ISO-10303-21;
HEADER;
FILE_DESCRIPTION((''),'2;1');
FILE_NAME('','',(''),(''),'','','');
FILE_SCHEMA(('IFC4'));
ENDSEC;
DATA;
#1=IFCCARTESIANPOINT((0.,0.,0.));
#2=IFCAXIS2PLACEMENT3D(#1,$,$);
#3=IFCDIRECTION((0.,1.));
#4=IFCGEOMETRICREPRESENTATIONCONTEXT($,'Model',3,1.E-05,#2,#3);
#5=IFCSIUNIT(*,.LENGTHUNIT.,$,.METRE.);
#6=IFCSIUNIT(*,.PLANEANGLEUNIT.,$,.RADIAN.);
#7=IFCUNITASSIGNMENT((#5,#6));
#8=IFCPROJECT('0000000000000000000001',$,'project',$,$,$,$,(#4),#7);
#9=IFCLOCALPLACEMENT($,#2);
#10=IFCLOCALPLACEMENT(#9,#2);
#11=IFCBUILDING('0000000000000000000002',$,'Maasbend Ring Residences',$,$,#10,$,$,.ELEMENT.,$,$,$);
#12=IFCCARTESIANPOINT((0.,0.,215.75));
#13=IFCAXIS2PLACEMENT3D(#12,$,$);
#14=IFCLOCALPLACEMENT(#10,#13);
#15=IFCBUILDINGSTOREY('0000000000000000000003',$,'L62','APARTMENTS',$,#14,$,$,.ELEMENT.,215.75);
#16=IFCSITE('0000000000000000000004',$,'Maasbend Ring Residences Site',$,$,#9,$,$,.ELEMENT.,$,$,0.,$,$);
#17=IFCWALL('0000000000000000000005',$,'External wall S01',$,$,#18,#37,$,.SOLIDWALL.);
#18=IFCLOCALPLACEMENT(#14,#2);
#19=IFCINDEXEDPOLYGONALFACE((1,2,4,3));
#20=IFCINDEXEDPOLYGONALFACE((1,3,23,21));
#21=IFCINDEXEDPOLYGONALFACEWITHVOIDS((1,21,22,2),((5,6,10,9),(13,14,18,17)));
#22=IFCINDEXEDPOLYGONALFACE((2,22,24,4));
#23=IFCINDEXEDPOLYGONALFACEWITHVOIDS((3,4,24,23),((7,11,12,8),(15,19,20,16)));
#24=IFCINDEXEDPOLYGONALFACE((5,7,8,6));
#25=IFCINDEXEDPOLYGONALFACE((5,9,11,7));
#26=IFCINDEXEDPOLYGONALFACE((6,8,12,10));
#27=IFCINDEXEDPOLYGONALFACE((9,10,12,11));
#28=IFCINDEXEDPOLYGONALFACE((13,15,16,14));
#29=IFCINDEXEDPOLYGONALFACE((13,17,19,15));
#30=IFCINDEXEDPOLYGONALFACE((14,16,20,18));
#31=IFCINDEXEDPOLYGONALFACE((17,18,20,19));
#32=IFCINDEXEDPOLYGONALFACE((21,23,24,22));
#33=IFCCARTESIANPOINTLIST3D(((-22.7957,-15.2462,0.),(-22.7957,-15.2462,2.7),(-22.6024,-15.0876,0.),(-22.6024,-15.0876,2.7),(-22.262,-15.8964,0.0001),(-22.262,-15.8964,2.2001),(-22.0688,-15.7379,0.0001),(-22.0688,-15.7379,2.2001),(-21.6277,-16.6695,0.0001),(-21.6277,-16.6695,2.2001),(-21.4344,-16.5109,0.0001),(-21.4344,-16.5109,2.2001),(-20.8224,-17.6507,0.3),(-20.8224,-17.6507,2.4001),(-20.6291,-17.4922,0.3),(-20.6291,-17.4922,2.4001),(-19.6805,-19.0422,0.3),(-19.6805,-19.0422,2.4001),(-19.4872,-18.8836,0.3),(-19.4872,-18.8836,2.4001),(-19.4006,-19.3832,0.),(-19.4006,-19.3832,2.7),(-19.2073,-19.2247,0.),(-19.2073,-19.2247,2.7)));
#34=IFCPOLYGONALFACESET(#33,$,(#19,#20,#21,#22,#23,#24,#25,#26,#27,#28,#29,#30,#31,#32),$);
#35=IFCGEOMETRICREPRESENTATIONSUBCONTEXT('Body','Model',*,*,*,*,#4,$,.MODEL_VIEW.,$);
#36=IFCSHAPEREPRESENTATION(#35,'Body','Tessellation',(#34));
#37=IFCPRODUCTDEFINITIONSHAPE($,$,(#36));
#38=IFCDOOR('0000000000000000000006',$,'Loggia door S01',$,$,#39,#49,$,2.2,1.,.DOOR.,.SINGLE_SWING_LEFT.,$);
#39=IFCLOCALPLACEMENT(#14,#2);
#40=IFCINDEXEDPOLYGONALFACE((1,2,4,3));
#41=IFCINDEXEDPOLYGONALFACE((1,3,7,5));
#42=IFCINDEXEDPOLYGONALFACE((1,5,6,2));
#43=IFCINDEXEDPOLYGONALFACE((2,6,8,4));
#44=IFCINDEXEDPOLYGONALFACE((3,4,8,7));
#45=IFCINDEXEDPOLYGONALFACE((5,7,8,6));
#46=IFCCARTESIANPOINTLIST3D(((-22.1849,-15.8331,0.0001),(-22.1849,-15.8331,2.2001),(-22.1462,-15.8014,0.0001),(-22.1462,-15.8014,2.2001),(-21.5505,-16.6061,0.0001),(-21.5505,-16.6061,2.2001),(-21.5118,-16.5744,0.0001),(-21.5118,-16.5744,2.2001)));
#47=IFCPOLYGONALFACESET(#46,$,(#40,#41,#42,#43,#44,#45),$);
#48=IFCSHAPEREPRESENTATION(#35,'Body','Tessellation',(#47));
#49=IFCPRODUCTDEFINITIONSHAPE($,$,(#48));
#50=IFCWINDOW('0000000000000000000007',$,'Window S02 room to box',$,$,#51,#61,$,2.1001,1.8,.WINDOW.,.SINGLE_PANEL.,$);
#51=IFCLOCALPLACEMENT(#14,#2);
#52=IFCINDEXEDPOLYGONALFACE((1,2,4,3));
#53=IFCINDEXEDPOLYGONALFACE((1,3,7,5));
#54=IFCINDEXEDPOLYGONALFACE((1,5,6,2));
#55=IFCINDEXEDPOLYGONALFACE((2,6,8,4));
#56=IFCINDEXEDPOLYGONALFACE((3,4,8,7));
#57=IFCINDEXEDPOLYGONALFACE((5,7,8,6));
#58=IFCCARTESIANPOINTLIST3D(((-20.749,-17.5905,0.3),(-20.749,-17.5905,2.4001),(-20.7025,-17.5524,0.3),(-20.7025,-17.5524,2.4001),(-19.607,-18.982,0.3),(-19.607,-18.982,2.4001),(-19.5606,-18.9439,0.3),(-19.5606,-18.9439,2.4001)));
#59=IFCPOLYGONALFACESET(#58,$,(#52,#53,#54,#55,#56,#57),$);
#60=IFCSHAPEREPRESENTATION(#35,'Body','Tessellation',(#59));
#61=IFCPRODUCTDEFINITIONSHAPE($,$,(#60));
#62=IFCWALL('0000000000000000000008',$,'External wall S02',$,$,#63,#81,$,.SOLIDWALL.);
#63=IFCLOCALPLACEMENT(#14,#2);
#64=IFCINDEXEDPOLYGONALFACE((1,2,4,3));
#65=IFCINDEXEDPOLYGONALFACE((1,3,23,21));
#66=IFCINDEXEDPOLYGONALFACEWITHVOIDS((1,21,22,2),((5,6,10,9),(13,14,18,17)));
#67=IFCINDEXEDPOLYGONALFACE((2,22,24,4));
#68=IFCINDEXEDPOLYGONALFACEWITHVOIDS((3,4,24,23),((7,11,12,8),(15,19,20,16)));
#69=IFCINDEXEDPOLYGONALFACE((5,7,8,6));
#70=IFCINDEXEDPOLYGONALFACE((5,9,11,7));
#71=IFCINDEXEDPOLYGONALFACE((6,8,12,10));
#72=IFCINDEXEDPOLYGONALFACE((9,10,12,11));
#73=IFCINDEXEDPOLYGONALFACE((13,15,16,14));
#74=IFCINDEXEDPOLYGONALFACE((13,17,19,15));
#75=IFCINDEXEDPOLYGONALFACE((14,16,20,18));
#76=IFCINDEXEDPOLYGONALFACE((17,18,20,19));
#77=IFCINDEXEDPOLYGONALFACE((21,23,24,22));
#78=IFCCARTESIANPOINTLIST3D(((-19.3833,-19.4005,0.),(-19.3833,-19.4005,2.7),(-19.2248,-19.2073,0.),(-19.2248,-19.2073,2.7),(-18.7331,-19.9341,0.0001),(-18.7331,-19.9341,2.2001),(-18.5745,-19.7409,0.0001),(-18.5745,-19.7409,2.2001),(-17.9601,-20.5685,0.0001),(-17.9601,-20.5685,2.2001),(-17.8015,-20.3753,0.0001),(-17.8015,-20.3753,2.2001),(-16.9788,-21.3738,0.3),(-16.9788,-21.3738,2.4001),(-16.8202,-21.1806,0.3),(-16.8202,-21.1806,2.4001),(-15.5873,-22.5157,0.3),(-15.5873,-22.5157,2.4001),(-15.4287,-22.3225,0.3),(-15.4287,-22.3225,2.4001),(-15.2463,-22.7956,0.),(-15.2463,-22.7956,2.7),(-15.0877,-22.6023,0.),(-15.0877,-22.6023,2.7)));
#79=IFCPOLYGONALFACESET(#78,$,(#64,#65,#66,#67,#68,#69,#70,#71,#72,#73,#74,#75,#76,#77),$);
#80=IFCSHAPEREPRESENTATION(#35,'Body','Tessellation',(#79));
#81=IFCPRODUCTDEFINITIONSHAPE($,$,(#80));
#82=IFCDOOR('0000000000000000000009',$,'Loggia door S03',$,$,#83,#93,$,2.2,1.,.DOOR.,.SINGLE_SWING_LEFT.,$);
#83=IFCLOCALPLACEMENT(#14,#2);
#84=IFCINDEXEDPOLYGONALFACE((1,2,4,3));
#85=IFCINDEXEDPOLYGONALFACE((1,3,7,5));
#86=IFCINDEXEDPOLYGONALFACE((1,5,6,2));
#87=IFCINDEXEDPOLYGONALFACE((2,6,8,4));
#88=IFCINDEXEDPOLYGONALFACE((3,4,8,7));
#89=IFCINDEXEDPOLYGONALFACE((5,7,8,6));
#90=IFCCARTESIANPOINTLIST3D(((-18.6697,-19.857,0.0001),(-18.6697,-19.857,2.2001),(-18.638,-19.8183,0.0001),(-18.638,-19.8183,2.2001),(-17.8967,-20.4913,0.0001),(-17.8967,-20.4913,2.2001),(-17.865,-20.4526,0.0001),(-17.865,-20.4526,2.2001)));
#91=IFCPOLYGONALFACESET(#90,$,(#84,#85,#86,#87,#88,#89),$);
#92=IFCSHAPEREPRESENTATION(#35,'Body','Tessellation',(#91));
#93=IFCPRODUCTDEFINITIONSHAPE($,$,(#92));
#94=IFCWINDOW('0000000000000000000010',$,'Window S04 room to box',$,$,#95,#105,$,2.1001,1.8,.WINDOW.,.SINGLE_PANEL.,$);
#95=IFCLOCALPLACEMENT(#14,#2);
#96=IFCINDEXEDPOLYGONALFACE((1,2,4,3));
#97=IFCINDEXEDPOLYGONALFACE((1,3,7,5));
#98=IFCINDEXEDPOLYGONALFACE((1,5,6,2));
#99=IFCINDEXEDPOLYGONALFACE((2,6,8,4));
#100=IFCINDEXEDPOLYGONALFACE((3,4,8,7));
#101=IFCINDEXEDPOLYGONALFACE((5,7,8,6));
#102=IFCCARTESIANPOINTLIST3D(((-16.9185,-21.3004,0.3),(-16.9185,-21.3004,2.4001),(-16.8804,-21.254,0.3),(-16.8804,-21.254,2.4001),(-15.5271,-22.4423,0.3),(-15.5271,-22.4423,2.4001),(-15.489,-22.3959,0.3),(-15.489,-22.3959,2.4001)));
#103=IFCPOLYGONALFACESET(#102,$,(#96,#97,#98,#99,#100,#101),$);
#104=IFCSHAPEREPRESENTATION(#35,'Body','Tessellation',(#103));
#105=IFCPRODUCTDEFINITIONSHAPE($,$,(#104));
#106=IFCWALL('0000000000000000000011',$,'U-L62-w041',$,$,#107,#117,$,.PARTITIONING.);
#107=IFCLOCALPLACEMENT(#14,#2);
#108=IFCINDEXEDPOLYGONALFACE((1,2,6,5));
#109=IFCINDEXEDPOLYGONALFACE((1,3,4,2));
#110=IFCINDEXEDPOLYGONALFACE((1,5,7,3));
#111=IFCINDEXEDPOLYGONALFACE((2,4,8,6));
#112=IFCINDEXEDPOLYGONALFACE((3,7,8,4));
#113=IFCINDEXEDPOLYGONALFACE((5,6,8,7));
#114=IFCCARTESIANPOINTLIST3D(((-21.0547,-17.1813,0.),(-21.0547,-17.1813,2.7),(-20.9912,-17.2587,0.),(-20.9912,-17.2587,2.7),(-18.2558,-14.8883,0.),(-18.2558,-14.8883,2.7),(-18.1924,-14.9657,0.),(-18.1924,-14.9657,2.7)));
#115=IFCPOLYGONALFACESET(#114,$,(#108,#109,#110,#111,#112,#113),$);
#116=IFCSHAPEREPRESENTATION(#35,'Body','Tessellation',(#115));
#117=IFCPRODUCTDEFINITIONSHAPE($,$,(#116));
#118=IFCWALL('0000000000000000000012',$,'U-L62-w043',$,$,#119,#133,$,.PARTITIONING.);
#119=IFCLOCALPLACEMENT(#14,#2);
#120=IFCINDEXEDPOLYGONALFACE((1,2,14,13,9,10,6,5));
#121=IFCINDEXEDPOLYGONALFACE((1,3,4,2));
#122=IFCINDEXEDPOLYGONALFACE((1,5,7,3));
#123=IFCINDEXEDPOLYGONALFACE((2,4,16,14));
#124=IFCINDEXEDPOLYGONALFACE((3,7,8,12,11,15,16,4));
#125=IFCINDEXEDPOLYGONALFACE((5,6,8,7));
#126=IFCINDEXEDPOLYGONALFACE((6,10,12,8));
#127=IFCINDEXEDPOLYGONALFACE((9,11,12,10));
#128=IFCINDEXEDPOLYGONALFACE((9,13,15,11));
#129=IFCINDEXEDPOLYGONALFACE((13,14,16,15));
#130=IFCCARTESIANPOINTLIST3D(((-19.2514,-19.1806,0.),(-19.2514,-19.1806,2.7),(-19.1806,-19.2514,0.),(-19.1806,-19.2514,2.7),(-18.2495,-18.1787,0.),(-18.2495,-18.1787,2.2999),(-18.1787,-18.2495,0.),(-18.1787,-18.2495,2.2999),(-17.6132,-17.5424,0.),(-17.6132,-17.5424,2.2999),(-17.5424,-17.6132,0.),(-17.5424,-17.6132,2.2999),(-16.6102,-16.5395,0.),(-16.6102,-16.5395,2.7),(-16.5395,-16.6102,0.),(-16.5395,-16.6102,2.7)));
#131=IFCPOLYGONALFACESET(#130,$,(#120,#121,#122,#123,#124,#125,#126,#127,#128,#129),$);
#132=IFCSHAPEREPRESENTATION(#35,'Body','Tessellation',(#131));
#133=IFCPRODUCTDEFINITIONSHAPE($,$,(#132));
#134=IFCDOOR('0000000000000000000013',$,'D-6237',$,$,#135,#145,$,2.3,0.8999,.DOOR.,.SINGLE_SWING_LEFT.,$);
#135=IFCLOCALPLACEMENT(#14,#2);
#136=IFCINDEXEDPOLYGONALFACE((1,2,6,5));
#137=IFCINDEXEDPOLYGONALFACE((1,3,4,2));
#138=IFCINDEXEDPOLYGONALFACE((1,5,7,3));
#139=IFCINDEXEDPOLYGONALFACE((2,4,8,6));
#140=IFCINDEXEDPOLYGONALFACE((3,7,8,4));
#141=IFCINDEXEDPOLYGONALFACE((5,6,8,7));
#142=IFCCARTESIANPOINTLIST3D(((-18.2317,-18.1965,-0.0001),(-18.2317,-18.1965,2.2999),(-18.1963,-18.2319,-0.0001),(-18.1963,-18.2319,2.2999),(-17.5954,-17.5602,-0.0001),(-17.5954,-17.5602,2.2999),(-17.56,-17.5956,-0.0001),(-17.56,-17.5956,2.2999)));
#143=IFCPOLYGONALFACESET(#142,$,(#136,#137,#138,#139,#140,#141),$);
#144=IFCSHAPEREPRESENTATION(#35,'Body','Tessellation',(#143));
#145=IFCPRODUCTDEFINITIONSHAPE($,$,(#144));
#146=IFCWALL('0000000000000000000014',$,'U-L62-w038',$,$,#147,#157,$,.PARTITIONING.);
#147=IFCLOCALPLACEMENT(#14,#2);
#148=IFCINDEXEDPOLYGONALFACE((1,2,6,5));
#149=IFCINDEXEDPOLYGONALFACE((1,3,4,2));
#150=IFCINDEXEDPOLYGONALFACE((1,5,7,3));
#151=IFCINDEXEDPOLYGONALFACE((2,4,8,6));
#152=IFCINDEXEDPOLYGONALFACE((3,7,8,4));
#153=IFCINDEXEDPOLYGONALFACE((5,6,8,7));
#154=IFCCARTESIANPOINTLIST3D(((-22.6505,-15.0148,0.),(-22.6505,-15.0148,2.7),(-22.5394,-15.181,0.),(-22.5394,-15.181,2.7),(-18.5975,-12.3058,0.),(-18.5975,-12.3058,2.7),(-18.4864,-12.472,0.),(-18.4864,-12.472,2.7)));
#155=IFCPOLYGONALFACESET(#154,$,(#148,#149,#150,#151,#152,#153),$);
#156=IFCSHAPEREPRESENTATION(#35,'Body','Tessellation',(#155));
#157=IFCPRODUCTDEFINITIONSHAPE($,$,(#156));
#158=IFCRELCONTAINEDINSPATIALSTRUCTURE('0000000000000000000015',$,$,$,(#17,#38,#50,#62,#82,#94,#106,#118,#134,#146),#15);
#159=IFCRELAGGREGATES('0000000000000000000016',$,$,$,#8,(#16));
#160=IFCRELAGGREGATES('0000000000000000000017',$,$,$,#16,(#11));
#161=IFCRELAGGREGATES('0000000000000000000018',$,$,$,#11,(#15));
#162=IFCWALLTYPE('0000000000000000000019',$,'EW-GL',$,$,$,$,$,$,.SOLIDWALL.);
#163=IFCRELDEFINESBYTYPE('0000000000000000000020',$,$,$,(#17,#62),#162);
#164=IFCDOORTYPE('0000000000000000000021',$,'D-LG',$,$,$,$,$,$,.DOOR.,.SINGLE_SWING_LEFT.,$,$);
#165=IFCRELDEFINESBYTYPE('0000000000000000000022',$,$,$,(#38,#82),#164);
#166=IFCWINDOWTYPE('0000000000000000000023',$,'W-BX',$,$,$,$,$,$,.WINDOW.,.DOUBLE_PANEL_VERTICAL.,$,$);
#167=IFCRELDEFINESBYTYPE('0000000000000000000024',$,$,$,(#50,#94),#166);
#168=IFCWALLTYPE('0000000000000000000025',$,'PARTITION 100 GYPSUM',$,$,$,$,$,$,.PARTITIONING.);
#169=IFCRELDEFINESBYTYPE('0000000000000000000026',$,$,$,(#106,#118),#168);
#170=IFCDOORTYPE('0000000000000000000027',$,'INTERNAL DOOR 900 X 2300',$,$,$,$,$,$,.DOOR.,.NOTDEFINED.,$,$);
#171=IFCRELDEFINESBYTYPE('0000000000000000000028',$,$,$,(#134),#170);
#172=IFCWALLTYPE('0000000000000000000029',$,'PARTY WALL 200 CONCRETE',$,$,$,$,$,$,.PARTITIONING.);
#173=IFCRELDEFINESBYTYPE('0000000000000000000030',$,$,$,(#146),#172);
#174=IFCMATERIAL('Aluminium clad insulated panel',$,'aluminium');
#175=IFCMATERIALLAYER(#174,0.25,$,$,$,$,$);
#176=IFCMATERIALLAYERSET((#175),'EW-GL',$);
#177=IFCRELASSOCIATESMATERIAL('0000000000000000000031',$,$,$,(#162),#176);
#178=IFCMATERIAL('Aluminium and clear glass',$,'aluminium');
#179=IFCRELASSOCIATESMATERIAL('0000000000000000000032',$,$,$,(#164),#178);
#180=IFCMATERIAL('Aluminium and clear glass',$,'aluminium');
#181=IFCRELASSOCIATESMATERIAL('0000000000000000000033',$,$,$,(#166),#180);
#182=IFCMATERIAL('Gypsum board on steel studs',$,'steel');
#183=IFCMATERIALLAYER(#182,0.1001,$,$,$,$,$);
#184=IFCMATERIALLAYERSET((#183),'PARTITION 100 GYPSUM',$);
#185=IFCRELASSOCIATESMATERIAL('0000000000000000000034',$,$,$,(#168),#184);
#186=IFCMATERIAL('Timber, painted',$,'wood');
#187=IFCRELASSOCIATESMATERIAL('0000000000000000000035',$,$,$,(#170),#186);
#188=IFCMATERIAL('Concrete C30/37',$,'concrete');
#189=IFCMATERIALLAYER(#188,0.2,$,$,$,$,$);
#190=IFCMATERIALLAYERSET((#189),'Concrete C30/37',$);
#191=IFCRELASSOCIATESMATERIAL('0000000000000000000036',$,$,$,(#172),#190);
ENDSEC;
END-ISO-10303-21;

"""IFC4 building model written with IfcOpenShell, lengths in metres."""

from ifc_helpers import new_model, si_unit, direction, frame, frame_2d, origin, place, context, subcontext, project, spatial, rectangle, extrude, material, layer, layer_set, type_object, element, fill, save


model = new_model("IFC4")

# Units and contexts
model_context = context("Model", 3, precision=1e-05, world=origin(), true_north=direction((0.0, 1.0)))
body_context = subcontext(model_context, "Body", "Model", "MODEL_VIEW")
ifc_project = project(units=[si_unit("LENGTHUNIT", "METRE"), si_unit("PLANEANGLEUNIT", "RADIAN")], contexts=[model_context])

# Site, building, storey
site_placement = place(None, origin())
site = spatial("IfcSite", under=ifc_project, at=site_placement, Name="Maasbend Ring Residences Site", CompositionType="ELEMENT", RefElevation=0.0)
building_placement = place(site_placement, origin())
building = spatial("IfcBuilding", under=site, at=building_placement, Name="Maasbend Ring Residences", CompositionType="ELEMENT")
storey_placement = place(building_placement, frame((0.0, 0.0, 215.75)))
storey = spatial("IfcBuildingStorey", under=building, at=storey_placement, Name="L62", Description="APARTMENTS", CompositionType="ELEMENT", Elevation=215.75)

# Walls, openings, doors, windows
ifc_material_1 = material(Name="Aluminium clad insulated panel", Category="aluminium")
ifc_layer_1 = layer(ifc_material_1, 0.25)
ifc_layer_set_1 = layer_set([ifc_layer_1], Name="EW-GL")
wall_type_1 = type_object("IfcWallType", Name="EW-GL", PredefinedType="SOLIDWALL", material=ifc_layer_set_1)
wall_1_placement = place(storey_placement, frame((-22.699, -15.167, 0.0), z_axis=(0.0, 0.0, 1.0), x_axis=(0.634382, -0.773019, 0.0)))
wall_1 = element("IfcWall", 1, at=wall_1_placement, inside=storey, type_object=wall_type_1, Name="External wall S01", PredefinedType="SOLIDWALL", context=body_context, shape_type="SweptSolid", body=[
    extrude(rectangle(XDim=5.3518, YDim=0.25, at=frame_2d((2.6758, 0.0))), origin(), (0.0, 0.0, 1.0), 2.7),
])
opening_1_placement = place(wall_1_placement, frame((0.8411, 0.0, 0.0)))
opening_1 = element("IfcOpeningElement", 2, at=opening_1_placement, cuts=wall_1, PredefinedType="OPENING", context=body_context, shape_type="SweptSolid", body=[
    extrude(rectangle(XDim=1.0, YDim=2.2, at=frame_2d((0.5, 1.1001))), frame((0.0, 0.135, 0.0), z_axis=(0.0, -1.0, 0.0), x_axis=(1.0, 0.0, 0.0)), (0.0, 0.0, 1.0), 0.27),
])
opening_2_placement = place(wall_1_placement, frame((3.1106, 0.0, 0.3)))
opening_2 = element("IfcOpeningElement", 3, at=opening_2_placement, cuts=wall_1, PredefinedType="OPENING", context=body_context, shape_type="SweptSolid", body=[
    extrude(rectangle(XDim=1.8, YDim=2.1001, at=frame_2d((0.8999, 1.05))), frame((0.0, 0.135, 0.0), z_axis=(0.0, -1.0, 0.0), x_axis=(1.0, 0.0, 0.0)), (0.0, 0.0, 1.0), 0.27),
])
ifc_material_2 = material(Name="Aluminium and clear glass", Category="aluminium")
door_type_1 = type_object("IfcDoorType", Name="D-LG", OperationType="SINGLE_SWING_LEFT", PredefinedType="DOOR", material=ifc_material_2)
door_1_placement = place(opening_1_placement, origin())
door_1 = element("IfcDoor", 4, at=door_1_placement, inside=storey, type_object=door_type_1, Name="Loggia door S01", OperationType="SINGLE_SWING_LEFT", OverallHeight=2.2, OverallWidth=1.0, PredefinedType="DOOR", context=body_context, shape_type="SweptSolid", body=[
    extrude(rectangle(XDim=1.0, YDim=2.2, at=frame_2d((0.5, 1.1001))), frame((0.0, 0.0249, 0.0), z_axis=(0.0, -1.0, 0.0), x_axis=(1.0, 0.0, 0.0)), (0.0, 0.0, 1.0), 0.05),
])
fill(opening_1, door_1)
ifc_material_3 = material(Name="Aluminium and clear glass", Category="aluminium")
window_type_1 = type_object("IfcWindowType", Name="W-BX", PartitioningType="DOUBLE_PANEL_VERTICAL", PredefinedType="WINDOW", material=ifc_material_3)
window_1_placement = place(opening_2_placement, origin())
window_1 = element("IfcWindow", 5, at=window_1_placement, inside=storey, type_object=window_type_1, Name="Window S02 room to box", OverallHeight=2.1001, OverallWidth=1.8, PartitioningType="SINGLE_PANEL", PredefinedType="WINDOW", context=body_context, shape_type="SweptSolid", body=[
    extrude(rectangle(XDim=1.8, YDim=2.1001, at=frame_2d((0.8999, 1.05))), frame((0.0, 0.03, 0.0), z_axis=(0.0, -1.0, 0.0), x_axis=(1.0, 0.0, 0.0)), (0.0, 0.0, 1.0), 0.0601),
])
fill(opening_2, window_1)
wall_2_placement = place(storey_placement, frame((-19.304, -19.304, 0.0), z_axis=(0.0, 0.0, 1.0), x_axis=(0.773019, -0.634382, 0.0)))
wall_2 = element("IfcWall", 6, at=wall_2_placement, inside=storey, type_object=wall_type_1, Name="External wall S02", PredefinedType="SOLIDWALL", context=body_context, shape_type="SweptSolid", body=[
    extrude(rectangle(XDim=5.3518, YDim=0.25, at=frame_2d((2.6758, 0.0))), origin(), (0.0, 0.0, 1.0), 2.7),
])
opening_3_placement = place(wall_2_placement, frame((0.8411, 0.0, 0.0)))
opening_3 = element("IfcOpeningElement", 7, at=opening_3_placement, cuts=wall_2, PredefinedType="OPENING", context=body_context, shape_type="SweptSolid", body=[
    extrude(rectangle(XDim=1.0, YDim=2.2, at=frame_2d((0.5, 1.1001))), frame((0.0, 0.135, 0.0), z_axis=(0.0, -1.0, 0.0), x_axis=(1.0, 0.0, 0.0)), (0.0, 0.0, 1.0), 0.27),
])
opening_4_placement = place(wall_2_placement, frame((3.1106, 0.0, 0.3)))
opening_4 = element("IfcOpeningElement", 8, at=opening_4_placement, cuts=wall_2, PredefinedType="OPENING", context=body_context, shape_type="SweptSolid", body=[
    extrude(rectangle(XDim=1.8, YDim=2.1001, at=frame_2d((0.8999, 1.05))), frame((0.0, 0.135, 0.0), z_axis=(0.0, -1.0, 0.0), x_axis=(1.0, 0.0, 0.0)), (0.0, 0.0, 1.0), 0.27),
])
door_2_placement = place(opening_3_placement, origin())
door_2 = element("IfcDoor", 9, at=door_2_placement, inside=storey, type_object=door_type_1, Name="Loggia door S03", OperationType="SINGLE_SWING_LEFT", OverallHeight=2.2, OverallWidth=1.0, PredefinedType="DOOR", context=body_context, shape_type="SweptSolid", body=[
    extrude(rectangle(XDim=1.0, YDim=2.2, at=frame_2d((0.5, 1.1001))), frame((0.0, 0.0249, 0.0), z_axis=(0.0, -1.0, 0.0), x_axis=(1.0, 0.0, 0.0)), (0.0, 0.0, 1.0), 0.05),
])
fill(opening_3, door_2)
window_2_placement = place(opening_4_placement, origin())
window_2 = element("IfcWindow", 10, at=window_2_placement, inside=storey, type_object=window_type_1, Name="Window S04 room to box", OverallHeight=2.1001, OverallWidth=1.8, PartitioningType="SINGLE_PANEL", PredefinedType="WINDOW", context=body_context, shape_type="SweptSolid", body=[
    extrude(rectangle(XDim=1.8, YDim=2.1001, at=frame_2d((0.8999, 1.05))), frame((0.0, 0.03, 0.0), z_axis=(0.0, -1.0, 0.0), x_axis=(1.0, 0.0, 0.0)), (0.0, 0.0, 1.0), 0.0601),
])
fill(opening_4, window_2)

# Wall
ifc_material_4 = material(Name="Gypsum board on steel studs", Category="steel")
ifc_layer_2 = layer(ifc_material_4, 0.1001)
ifc_layer_set_2 = layer_set([ifc_layer_2], Name="PARTITION 100 GYPSUM")
wall_type_2 = type_object("IfcWallType", Name="PARTITION 100 GYPSUM", PredefinedType="PARTITIONING", material=ifc_layer_set_2)
wall_3_placement = place(storey_placement, frame((-21.0229, -17.22, 0.0), z_axis=(0.0, 0.0, 1.0), x_axis=(0.773548, 0.633737, 0.0)))
element("IfcWall", 11, at=wall_3_placement, inside=storey, type_object=wall_type_2, Name="U-L62-w041", PredefinedType="PARTITIONING", context=body_context, shape_type="SweptSolid", body=[
    extrude(rectangle(XDim=3.6182, YDim=0.1001, at=frame_2d((1.8091, 0.0))), origin(), (0.0, 0.0, 1.0), 2.7),
])

# Wall, opening, door
wall_4_placement = place(storey_placement, frame((-19.2161, -19.2161, 0.0), z_axis=(0.0, 0.0, 1.0), x_axis=(0.707107, 0.707107, 0.0)))
wall_4 = element("IfcWall", 12, at=wall_4_placement, inside=storey, type_object=wall_type_2, Name="U-L62-w043", PredefinedType="PARTITIONING", context=body_context, shape_type="SweptSolid", body=[
    extrude(rectangle(XDim=3.7351, YDim=0.1001, at=frame_2d((1.8677, 0.0))), origin(), (0.0, 0.0, 1.0), 2.7),
])
opening_5_placement = place(wall_4_placement, frame((1.417, 0.0, 0.0)))
opening_5 = element("IfcOpeningElement", 13, at=opening_5_placement, cuts=wall_4, PredefinedType="OPENING", context=body_context, shape_type="SweptSolid", body=[
    extrude(rectangle(XDim=0.8999, YDim=2.3, at=frame_2d((0.45, 1.1499))), frame((0.0, 0.0601, 0.0), z_axis=(0.0, -1.0, 0.0), x_axis=(1.0, 0.0, 0.0)), (0.0, 0.0, 1.0), 0.1201),
])
ifc_material_5 = material(Name="Timber, painted", Category="wood")
door_type_2 = type_object("IfcDoorType", Name="INTERNAL DOOR 900 X 2300", OperationType="NOTDEFINED", PredefinedType="DOOR", material=ifc_material_5)
door_3_placement = place(opening_5_placement, origin())
door_3 = element("IfcDoor", 14, at=door_3_placement, inside=storey, type_object=door_type_2, Name="D-6237", OperationType="SINGLE_SWING_LEFT", OverallHeight=2.3, OverallWidth=0.8999, PredefinedType="DOOR", context=body_context, shape_type="SweptSolid", body=[
    extrude(rectangle(XDim=0.8999, YDim=2.3, at=frame_2d((0.45, 1.1499))), frame((0.0, 0.0249, 0.0), z_axis=(0.0, -1.0, 0.0), x_axis=(1.0, 0.0, 0.0)), (0.0, 0.0, 1.0), 0.05),
])
fill(opening_5, door_3)

# Wall
ifc_material_6 = material(Name="Concrete C30/37", Category="concrete")
ifc_layer_3 = layer(ifc_material_6, 0.2)
ifc_layer_set_3 = layer_set([ifc_layer_3], Name="Concrete C30/37")
wall_type_3 = type_object("IfcWallType", Name="PARTY WALL 200 CONCRETE", PredefinedType="PARTITIONING", material=ifc_layer_set_3)
wall_5_placement = place(storey_placement, frame((-22.595, -15.0979, 0.0), z_axis=(0.0, 0.0, 1.0), x_axis=(0.831387, 0.555694, 0.0)))
element("IfcWall", 15, at=wall_5_placement, inside=storey, type_object=wall_type_3, Name="U-L62-w038", PredefinedType="PARTITIONING", context=body_context, shape_type="SweptSolid", body=[
    extrude(rectangle(XDim=4.875, YDim=0.2, at=frame_2d((2.4375, 0.0))), origin(), (0.0, 0.0, 1.0), 2.7),
])

save(model, "model.ifc")
